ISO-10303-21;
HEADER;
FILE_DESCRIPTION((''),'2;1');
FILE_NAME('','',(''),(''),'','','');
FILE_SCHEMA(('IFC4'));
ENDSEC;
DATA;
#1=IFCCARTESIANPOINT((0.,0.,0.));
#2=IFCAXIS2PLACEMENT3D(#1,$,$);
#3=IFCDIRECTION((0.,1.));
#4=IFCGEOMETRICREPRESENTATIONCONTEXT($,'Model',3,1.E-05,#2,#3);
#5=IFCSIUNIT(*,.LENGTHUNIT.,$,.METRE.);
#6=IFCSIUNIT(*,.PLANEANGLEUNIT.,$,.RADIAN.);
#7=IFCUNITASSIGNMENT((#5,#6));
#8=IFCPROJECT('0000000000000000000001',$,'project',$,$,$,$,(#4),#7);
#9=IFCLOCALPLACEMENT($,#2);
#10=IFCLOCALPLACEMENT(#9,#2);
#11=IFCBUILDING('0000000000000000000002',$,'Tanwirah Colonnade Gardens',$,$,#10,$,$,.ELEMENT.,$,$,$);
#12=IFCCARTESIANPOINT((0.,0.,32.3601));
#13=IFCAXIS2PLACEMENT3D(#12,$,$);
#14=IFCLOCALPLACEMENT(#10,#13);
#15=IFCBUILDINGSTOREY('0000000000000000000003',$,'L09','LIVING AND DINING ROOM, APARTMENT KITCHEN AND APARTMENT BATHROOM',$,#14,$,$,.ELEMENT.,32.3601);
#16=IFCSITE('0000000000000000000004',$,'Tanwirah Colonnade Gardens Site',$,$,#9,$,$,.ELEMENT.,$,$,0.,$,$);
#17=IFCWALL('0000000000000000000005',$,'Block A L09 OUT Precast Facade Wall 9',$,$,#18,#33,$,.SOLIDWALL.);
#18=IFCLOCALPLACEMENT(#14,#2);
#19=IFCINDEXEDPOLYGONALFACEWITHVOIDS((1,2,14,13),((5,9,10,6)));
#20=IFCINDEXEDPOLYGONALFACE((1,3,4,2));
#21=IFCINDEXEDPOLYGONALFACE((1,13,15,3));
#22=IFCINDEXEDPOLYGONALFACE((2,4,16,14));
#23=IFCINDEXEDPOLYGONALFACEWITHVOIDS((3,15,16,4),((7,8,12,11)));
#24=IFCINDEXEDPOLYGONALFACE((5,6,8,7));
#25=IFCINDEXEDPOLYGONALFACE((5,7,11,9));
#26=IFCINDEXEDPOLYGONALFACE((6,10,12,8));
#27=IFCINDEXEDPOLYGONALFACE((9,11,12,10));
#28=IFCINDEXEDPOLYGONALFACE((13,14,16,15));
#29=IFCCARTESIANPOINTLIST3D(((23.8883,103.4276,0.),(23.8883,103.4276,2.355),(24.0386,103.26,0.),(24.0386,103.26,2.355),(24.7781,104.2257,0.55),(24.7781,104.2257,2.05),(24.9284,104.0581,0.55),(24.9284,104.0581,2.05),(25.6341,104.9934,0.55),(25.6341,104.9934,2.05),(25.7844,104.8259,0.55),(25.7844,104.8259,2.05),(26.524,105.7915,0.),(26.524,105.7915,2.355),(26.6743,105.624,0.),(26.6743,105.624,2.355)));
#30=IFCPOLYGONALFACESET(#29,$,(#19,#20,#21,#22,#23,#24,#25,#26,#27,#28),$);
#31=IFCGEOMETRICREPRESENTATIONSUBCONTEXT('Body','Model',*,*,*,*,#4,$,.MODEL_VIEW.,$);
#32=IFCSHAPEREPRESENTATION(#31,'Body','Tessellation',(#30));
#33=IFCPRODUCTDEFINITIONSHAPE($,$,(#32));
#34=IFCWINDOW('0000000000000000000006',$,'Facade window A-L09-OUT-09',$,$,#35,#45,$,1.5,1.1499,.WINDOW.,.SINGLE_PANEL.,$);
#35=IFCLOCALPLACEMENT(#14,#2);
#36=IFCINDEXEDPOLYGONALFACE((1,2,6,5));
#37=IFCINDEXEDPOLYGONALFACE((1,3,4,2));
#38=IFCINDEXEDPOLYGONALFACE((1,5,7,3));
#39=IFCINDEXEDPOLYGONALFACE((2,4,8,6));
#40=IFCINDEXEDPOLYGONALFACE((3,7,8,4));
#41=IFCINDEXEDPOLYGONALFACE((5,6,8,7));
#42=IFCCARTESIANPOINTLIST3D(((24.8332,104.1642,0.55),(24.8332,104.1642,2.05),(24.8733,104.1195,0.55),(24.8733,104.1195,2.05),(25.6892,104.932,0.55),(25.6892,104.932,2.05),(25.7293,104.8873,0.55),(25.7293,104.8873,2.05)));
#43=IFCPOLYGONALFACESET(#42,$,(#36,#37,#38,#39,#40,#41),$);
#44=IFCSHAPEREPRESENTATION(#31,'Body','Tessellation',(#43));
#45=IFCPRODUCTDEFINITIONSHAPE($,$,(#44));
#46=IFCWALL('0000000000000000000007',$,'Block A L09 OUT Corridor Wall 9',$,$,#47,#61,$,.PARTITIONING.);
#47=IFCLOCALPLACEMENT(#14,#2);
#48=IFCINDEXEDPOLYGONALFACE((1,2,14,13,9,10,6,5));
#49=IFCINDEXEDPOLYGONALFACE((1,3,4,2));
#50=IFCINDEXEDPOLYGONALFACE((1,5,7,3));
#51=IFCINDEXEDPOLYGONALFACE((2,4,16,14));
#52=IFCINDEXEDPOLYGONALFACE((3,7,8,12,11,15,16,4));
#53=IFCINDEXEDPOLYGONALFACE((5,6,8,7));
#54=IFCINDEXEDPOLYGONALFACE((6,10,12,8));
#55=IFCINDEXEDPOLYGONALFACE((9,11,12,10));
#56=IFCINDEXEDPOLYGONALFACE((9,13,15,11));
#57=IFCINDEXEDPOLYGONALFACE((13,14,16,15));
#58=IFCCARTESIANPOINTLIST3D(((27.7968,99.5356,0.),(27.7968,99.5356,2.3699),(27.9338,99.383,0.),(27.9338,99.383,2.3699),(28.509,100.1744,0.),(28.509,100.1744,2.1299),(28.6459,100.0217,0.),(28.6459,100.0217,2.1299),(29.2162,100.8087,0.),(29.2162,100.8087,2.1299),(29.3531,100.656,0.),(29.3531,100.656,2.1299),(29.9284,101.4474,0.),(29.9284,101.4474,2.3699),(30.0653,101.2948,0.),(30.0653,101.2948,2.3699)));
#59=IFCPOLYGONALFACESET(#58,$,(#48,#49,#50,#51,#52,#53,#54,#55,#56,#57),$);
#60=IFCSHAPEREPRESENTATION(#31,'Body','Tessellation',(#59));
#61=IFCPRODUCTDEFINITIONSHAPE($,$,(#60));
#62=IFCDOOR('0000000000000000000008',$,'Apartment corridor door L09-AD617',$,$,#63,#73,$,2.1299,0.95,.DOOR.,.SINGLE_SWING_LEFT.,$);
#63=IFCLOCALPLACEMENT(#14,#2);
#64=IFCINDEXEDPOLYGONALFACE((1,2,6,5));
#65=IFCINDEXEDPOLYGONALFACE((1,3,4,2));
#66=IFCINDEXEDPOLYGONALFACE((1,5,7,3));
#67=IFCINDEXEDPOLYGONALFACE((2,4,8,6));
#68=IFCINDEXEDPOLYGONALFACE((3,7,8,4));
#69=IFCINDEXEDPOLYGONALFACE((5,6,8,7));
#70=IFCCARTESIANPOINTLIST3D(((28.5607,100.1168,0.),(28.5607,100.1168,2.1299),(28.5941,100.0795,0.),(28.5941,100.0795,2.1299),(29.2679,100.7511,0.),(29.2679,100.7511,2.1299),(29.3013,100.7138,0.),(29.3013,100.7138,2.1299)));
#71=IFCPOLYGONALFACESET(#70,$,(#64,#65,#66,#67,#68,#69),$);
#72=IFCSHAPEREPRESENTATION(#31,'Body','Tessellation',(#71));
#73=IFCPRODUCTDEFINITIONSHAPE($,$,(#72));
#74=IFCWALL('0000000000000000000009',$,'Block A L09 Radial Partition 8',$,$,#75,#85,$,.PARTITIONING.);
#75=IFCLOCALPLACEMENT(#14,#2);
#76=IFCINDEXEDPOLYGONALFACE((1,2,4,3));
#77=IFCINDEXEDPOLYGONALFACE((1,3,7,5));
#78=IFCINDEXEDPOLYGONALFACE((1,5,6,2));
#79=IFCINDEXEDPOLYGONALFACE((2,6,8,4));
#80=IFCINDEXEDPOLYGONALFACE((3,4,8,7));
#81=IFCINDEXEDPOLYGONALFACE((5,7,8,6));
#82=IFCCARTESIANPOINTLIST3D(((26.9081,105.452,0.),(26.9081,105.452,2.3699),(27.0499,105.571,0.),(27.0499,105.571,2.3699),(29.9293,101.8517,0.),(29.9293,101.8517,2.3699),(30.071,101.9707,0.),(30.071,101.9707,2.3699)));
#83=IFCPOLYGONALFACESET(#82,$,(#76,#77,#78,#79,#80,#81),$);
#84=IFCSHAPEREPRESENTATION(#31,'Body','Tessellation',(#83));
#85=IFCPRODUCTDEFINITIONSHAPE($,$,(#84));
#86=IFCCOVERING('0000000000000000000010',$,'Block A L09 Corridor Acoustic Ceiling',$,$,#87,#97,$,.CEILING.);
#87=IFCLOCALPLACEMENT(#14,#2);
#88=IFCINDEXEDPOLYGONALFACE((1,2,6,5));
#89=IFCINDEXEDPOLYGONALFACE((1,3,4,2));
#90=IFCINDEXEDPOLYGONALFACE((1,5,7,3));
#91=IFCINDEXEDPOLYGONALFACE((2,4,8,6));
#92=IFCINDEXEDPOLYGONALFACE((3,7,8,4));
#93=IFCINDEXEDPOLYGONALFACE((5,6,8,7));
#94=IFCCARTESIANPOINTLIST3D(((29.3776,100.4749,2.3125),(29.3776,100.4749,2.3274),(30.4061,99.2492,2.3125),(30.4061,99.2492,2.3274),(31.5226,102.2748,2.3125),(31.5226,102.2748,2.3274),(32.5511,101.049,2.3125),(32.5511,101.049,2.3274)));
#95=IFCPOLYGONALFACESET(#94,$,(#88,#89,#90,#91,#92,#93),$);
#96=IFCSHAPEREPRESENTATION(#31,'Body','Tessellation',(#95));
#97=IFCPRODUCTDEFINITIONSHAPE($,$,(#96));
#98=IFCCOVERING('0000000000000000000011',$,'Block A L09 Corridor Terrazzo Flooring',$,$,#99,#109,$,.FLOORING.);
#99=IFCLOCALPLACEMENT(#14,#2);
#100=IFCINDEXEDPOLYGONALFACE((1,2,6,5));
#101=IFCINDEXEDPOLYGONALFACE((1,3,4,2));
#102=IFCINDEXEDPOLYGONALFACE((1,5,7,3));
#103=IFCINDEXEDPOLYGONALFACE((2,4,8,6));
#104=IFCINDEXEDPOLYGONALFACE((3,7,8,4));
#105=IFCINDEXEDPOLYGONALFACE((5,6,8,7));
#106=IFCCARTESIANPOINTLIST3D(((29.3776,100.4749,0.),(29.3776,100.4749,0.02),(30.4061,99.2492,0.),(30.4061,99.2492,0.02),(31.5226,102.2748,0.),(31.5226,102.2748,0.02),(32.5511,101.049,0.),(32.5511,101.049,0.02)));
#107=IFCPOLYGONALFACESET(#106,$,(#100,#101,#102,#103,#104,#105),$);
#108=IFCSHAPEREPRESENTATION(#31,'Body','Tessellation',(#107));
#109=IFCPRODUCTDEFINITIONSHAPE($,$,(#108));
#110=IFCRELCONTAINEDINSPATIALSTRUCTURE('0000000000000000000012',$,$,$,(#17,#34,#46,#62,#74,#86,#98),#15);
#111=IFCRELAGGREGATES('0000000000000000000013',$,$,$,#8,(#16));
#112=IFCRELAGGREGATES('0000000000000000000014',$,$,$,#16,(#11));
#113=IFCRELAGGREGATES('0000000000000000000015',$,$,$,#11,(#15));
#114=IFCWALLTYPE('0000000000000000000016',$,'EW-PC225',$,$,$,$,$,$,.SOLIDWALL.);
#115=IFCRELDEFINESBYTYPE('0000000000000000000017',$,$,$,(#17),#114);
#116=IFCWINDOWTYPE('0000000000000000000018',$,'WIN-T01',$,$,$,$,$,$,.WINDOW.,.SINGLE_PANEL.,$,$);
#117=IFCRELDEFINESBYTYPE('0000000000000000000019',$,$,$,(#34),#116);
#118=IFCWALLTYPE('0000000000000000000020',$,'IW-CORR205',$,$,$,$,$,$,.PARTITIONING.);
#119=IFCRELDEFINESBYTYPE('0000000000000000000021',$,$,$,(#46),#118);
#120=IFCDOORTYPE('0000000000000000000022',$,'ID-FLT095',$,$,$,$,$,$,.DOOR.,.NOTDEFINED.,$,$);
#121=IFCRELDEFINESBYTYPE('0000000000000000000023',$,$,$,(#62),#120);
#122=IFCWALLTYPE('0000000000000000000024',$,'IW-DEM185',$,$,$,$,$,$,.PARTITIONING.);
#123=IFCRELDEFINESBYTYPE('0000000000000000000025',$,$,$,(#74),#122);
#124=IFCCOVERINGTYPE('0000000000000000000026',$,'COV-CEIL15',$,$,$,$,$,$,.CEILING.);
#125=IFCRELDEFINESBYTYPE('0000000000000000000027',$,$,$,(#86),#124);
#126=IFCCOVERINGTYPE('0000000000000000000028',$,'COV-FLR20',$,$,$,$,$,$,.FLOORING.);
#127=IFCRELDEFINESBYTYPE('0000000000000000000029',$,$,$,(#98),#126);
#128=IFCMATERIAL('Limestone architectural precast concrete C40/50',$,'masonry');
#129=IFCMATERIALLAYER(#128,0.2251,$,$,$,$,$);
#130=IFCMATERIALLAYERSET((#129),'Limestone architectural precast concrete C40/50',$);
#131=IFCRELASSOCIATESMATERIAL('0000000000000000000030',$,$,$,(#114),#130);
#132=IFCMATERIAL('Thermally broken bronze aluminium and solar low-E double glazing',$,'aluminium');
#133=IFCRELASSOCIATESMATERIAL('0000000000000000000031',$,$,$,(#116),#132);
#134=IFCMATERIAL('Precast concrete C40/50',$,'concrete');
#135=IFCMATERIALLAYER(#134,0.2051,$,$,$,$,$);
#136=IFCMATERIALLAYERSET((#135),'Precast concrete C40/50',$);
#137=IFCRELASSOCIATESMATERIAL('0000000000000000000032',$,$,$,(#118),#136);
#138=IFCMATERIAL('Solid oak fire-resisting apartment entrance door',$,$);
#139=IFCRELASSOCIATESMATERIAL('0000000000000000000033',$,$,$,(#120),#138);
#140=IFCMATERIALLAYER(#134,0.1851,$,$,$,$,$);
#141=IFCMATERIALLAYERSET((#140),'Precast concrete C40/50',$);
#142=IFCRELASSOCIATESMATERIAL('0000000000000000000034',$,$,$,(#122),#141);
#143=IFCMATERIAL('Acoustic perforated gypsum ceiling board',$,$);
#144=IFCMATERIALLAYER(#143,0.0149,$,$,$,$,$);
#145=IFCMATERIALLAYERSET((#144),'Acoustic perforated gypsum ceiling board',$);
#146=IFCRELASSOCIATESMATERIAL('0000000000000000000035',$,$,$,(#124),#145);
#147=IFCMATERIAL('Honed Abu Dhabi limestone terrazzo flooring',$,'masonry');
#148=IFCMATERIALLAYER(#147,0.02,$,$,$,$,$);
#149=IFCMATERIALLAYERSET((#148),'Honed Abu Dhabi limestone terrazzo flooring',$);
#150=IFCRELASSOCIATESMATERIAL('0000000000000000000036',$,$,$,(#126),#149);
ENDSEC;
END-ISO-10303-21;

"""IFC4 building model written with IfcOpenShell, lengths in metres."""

from ifc_helpers import new_model, si_unit, direction, frame, frame_2d, origin, origin_2d, place, context, subcontext, project, spatial, rectangle, extrude, material, layer, layer_set, type_object, element, fill, save


model = new_model("IFC4")

# Units and contexts
model_context = context("Model", 3, precision=1e-05, world=origin(), true_north=direction((0.0, 1.0)))
body_context = subcontext(model_context, "Body", "Model", "MODEL_VIEW")
ifc_project = project(units=[si_unit("LENGTHUNIT", "METRE"), si_unit("PLANEANGLEUNIT", "RADIAN")], contexts=[model_context])

# Site, building, storey
site_placement = place(None, origin())
site = spatial("IfcSite", under=ifc_project, at=site_placement, Name="Tanwirah Colonnade Gardens Site", CompositionType="ELEMENT", RefElevation=0.0)
building_placement = place(site_placement, origin())
building = spatial("IfcBuilding", under=site, at=building_placement, Name="Tanwirah Colonnade Gardens", CompositionType="ELEMENT")
storey_placement = place(building_placement, frame((0.0, 0.0, 32.3601)))
storey = spatial("IfcBuildingStorey", under=building, at=storey_placement, Name="L09", Description="LIVING AND DINING ROOM, APARTMENT KITCHEN AND APARTMENT BATHROOM", CompositionType="ELEMENT", Elevation=32.3601)

# Shared definitions
ifc_material_1 = material(Name="Precast concrete C40/50", Category="concrete")

# Wall, opening, window
ifc_material_2 = material(Name="Limestone architectural precast concrete C40/50", Category="masonry")
ifc_layer_1 = layer(ifc_material_2, 0.2251)
ifc_layer_set_1 = layer_set([ifc_layer_1], Name="Limestone architectural precast concrete C40/50")
wall_type_1 = type_object("IfcWallType", Name="EW-PC225", PredefinedType="SOLIDWALL", material=ifc_layer_set_1)
ifc_material_3 = material(Name="Thermally broken bronze aluminium and solar low-E double glazing", Category="aluminium")
wall_1_placement = place(storey_placement, frame((26.5991, 105.7078, 0.0), z_axis=(0.0, 0.0, 1.0), x_axis=(-0.744438, -0.667691, 0.0)))
wall_1 = element("IfcWall", 1, at=wall_1_placement, inside=storey, type_object=wall_type_1, Name="Block A L09 OUT Precast Facade Wall 9", PredefinedType="SOLIDWALL", context=body_context, shape_type="SweptSolid", body=[
    extrude(rectangle(XDim=3.5405, YDim=0.2251, at=frame_2d((1.7703, 0.0))), origin(), (0.0, 0.0, 1.0), 2.355),
])
opening_1_placement = place(wall_1_placement, frame((1.1953, 0.0, 0.55)))
opening_1 = element("IfcOpeningElement", 2, at=opening_1_placement, cuts=wall_1, PredefinedType="OPENING", context=body_context, shape_type="SweptSolid", body=[
    extrude(rectangle(XDim=1.1499, YDim=1.5, at=frame_2d((0.575, 0.75))), frame((0.0, 0.1226, 0.0), z_axis=(0.0, -1.0, 0.0), x_axis=(1.0, 0.0, 0.0)), (0.0, 0.0, 1.0), 0.2451),
])
window_type_1 = type_object("IfcWindowType", Name="WIN-T01", PartitioningType="SINGLE_PANEL", PredefinedType="WINDOW", material=ifc_material_3)
window_1_placement = place(opening_1_placement, origin())
window_1 = element("IfcWindow", 3, at=window_1_placement, inside=storey, type_object=window_type_1, Name="Facade window A-L09-OUT-09", OverallHeight=1.5, OverallWidth=1.1499, PartitioningType="SINGLE_PANEL", PredefinedType="WINDOW", context=body_context, shape_type="SweptSolid", body=[
    extrude(rectangle(XDim=1.1499, YDim=1.5, at=frame_2d((0.575, 0.75))), frame((0.0, 0.03, 0.0), z_axis=(0.0, -1.0, 0.0), x_axis=(1.0, 0.0, 0.0)), (0.0, 0.0, 1.0), 0.0601),
])
fill(opening_1, window_1)

# Wall, opening, door
ifc_layer_2 = layer(ifc_material_1, 0.2051)
ifc_layer_set_2 = layer_set([ifc_layer_2], Name="Precast concrete C40/50")
wall_type_2 = type_object("IfcWallType", Name="IW-CORR205", PredefinedType="PARTITIONING", material=ifc_layer_set_2)
ifc_material_4 = material(Name="Solid oak fire-resisting apartment entrance door")
wall_2_placement = place(storey_placement, frame((29.9968, 101.3711, 0.0), z_axis=(0.0, 0.0, 1.0), x_axis=(-0.744434, -0.667697, 0.0)))
wall_2 = element("IfcWall", 4, at=wall_2_placement, inside=storey, type_object=wall_type_2, Name="Block A L09 OUT Corridor Wall 9", PredefinedType="PARTITIONING", context=body_context, shape_type="SweptSolid", body=[
    extrude(rectangle(XDim=2.8633, YDim=0.2051, at=frame_2d((1.4316, 0.0))), origin(), (0.0, 0.0, 1.0), 2.3699),
])
opening_2_placement = place(wall_2_placement, frame((0.9565, 0.0, 0.0)))
opening_2 = element("IfcOpeningElement", 5, at=opening_2_placement, cuts=wall_2, PredefinedType="OPENING", context=body_context, shape_type="SweptSolid", body=[
    extrude(rectangle(XDim=0.95, YDim=2.1299, at=frame_2d((0.4751, 1.0649))), frame((0.0, 0.1125, 0.0), z_axis=(0.0, -1.0, 0.0), x_axis=(1.0, 0.0, 0.0)), (0.0, 0.0, 1.0), 0.2251),
])
door_type_1 = type_object("IfcDoorType", Name="ID-FLT095", OperationType="NOTDEFINED", PredefinedType="DOOR", material=ifc_material_4)
door_1_placement = place(opening_2_placement, origin())
door_1 = element("IfcDoor", 6, at=door_1_placement, inside=storey, type_object=door_type_1, Name="Apartment corridor door L09-AD617", OperationType="SINGLE_SWING_LEFT", OverallHeight=2.1299, OverallWidth=0.95, PredefinedType="DOOR", context=body_context, shape_type="SweptSolid", body=[
    extrude(rectangle(XDim=0.95, YDim=2.1299, at=frame_2d((0.4751, 1.0649))), frame((0.0, 0.0249, 0.0), z_axis=(0.0, -1.0, 0.0), x_axis=(1.0, 0.0, 0.0)), (0.0, 0.0, 1.0), 0.05),
])
fill(opening_2, door_1)

# Wall
ifc_layer_3 = layer(ifc_material_1, 0.1851)
ifc_layer_set_3 = layer_set([ifc_layer_3], Name="Precast concrete C40/50")
wall_type_3 = type_object("IfcWallType", Name="IW-DEM185", PredefinedType="PARTITIONING", material=ifc_layer_set_3)
wall_3_placement = place(storey_placement, frame((30.0002, 101.9111, 0.0), z_axis=(0.0, 0.0, 1.0), x_axis=(-0.642812, 0.766024, 0.0)))
element("IfcWall", 7, at=wall_3_placement, inside=storey, type_object=wall_type_3, Name="Block A L09 Radial Partition 8", PredefinedType="PARTITIONING", context=body_context, shape_type="SweptSolid", body=[
    extrude(rectangle(XDim=4.7, YDim=0.1851, at=frame_2d((2.3501, 0.0))), origin(), (0.0, 0.0, 1.0), 2.3699),
])

# Coverings
ifc_material_5 = material(Name="Acoustic perforated gypsum ceiling board")
ifc_layer_4 = layer(ifc_material_5, 0.0149)
ifc_layer_set_4 = layer_set([ifc_layer_4], Name="Acoustic perforated gypsum ceiling board")
covering_type_1 = type_object("IfcCoveringType", Name="COV-CEIL15", PredefinedType="CEILING", material=ifc_layer_set_4)
covering_1_placement = place(storey_placement, frame((30.9644, 100.762, 2.3125), z_axis=(0.0, 0.0, 1.0), x_axis=(-0.766044, -0.642788, 0.0)))
element("IfcCovering", 8, at=covering_1_placement, inside=storey, type_object=covering_type_1, Name="Block A L09 Corridor Acoustic Ceiling", PredefinedType="CEILING", context=body_context, shape_type="SweptSolid", body=[
    extrude(rectangle(XDim=2.8, YDim=1.6001, at=origin_2d()), origin(), (0.0, 0.0, 1.0), 0.0149),
])
ifc_material_6 = material(Name="Honed Abu Dhabi limestone terrazzo flooring", Category="masonry")
ifc_layer_5 = layer(ifc_material_6, 0.02)
ifc_layer_set_5 = layer_set([ifc_layer_5], Name="Honed Abu Dhabi limestone terrazzo flooring")
covering_type_2 = type_object("IfcCoveringType", Name="COV-FLR20", PredefinedType="FLOORING", material=ifc_layer_set_5)
covering_2_placement = place(storey_placement, frame((30.9644, 100.762, 0.0), z_axis=(0.0, 0.0, 1.0), x_axis=(-0.766044, -0.642788, 0.0)))
element("IfcCovering", 9, at=covering_2_placement, inside=storey, type_object=covering_type_2, Name="Block A L09 Corridor Terrazzo Flooring", PredefinedType="FLOORING", context=body_context, shape_type="SweptSolid", body=[
    extrude(rectangle(XDim=2.8, YDim=1.6001, at=origin_2d()), origin(), (0.0, 0.0, 1.0), 0.02),
])

save(model, "model.ifc")
